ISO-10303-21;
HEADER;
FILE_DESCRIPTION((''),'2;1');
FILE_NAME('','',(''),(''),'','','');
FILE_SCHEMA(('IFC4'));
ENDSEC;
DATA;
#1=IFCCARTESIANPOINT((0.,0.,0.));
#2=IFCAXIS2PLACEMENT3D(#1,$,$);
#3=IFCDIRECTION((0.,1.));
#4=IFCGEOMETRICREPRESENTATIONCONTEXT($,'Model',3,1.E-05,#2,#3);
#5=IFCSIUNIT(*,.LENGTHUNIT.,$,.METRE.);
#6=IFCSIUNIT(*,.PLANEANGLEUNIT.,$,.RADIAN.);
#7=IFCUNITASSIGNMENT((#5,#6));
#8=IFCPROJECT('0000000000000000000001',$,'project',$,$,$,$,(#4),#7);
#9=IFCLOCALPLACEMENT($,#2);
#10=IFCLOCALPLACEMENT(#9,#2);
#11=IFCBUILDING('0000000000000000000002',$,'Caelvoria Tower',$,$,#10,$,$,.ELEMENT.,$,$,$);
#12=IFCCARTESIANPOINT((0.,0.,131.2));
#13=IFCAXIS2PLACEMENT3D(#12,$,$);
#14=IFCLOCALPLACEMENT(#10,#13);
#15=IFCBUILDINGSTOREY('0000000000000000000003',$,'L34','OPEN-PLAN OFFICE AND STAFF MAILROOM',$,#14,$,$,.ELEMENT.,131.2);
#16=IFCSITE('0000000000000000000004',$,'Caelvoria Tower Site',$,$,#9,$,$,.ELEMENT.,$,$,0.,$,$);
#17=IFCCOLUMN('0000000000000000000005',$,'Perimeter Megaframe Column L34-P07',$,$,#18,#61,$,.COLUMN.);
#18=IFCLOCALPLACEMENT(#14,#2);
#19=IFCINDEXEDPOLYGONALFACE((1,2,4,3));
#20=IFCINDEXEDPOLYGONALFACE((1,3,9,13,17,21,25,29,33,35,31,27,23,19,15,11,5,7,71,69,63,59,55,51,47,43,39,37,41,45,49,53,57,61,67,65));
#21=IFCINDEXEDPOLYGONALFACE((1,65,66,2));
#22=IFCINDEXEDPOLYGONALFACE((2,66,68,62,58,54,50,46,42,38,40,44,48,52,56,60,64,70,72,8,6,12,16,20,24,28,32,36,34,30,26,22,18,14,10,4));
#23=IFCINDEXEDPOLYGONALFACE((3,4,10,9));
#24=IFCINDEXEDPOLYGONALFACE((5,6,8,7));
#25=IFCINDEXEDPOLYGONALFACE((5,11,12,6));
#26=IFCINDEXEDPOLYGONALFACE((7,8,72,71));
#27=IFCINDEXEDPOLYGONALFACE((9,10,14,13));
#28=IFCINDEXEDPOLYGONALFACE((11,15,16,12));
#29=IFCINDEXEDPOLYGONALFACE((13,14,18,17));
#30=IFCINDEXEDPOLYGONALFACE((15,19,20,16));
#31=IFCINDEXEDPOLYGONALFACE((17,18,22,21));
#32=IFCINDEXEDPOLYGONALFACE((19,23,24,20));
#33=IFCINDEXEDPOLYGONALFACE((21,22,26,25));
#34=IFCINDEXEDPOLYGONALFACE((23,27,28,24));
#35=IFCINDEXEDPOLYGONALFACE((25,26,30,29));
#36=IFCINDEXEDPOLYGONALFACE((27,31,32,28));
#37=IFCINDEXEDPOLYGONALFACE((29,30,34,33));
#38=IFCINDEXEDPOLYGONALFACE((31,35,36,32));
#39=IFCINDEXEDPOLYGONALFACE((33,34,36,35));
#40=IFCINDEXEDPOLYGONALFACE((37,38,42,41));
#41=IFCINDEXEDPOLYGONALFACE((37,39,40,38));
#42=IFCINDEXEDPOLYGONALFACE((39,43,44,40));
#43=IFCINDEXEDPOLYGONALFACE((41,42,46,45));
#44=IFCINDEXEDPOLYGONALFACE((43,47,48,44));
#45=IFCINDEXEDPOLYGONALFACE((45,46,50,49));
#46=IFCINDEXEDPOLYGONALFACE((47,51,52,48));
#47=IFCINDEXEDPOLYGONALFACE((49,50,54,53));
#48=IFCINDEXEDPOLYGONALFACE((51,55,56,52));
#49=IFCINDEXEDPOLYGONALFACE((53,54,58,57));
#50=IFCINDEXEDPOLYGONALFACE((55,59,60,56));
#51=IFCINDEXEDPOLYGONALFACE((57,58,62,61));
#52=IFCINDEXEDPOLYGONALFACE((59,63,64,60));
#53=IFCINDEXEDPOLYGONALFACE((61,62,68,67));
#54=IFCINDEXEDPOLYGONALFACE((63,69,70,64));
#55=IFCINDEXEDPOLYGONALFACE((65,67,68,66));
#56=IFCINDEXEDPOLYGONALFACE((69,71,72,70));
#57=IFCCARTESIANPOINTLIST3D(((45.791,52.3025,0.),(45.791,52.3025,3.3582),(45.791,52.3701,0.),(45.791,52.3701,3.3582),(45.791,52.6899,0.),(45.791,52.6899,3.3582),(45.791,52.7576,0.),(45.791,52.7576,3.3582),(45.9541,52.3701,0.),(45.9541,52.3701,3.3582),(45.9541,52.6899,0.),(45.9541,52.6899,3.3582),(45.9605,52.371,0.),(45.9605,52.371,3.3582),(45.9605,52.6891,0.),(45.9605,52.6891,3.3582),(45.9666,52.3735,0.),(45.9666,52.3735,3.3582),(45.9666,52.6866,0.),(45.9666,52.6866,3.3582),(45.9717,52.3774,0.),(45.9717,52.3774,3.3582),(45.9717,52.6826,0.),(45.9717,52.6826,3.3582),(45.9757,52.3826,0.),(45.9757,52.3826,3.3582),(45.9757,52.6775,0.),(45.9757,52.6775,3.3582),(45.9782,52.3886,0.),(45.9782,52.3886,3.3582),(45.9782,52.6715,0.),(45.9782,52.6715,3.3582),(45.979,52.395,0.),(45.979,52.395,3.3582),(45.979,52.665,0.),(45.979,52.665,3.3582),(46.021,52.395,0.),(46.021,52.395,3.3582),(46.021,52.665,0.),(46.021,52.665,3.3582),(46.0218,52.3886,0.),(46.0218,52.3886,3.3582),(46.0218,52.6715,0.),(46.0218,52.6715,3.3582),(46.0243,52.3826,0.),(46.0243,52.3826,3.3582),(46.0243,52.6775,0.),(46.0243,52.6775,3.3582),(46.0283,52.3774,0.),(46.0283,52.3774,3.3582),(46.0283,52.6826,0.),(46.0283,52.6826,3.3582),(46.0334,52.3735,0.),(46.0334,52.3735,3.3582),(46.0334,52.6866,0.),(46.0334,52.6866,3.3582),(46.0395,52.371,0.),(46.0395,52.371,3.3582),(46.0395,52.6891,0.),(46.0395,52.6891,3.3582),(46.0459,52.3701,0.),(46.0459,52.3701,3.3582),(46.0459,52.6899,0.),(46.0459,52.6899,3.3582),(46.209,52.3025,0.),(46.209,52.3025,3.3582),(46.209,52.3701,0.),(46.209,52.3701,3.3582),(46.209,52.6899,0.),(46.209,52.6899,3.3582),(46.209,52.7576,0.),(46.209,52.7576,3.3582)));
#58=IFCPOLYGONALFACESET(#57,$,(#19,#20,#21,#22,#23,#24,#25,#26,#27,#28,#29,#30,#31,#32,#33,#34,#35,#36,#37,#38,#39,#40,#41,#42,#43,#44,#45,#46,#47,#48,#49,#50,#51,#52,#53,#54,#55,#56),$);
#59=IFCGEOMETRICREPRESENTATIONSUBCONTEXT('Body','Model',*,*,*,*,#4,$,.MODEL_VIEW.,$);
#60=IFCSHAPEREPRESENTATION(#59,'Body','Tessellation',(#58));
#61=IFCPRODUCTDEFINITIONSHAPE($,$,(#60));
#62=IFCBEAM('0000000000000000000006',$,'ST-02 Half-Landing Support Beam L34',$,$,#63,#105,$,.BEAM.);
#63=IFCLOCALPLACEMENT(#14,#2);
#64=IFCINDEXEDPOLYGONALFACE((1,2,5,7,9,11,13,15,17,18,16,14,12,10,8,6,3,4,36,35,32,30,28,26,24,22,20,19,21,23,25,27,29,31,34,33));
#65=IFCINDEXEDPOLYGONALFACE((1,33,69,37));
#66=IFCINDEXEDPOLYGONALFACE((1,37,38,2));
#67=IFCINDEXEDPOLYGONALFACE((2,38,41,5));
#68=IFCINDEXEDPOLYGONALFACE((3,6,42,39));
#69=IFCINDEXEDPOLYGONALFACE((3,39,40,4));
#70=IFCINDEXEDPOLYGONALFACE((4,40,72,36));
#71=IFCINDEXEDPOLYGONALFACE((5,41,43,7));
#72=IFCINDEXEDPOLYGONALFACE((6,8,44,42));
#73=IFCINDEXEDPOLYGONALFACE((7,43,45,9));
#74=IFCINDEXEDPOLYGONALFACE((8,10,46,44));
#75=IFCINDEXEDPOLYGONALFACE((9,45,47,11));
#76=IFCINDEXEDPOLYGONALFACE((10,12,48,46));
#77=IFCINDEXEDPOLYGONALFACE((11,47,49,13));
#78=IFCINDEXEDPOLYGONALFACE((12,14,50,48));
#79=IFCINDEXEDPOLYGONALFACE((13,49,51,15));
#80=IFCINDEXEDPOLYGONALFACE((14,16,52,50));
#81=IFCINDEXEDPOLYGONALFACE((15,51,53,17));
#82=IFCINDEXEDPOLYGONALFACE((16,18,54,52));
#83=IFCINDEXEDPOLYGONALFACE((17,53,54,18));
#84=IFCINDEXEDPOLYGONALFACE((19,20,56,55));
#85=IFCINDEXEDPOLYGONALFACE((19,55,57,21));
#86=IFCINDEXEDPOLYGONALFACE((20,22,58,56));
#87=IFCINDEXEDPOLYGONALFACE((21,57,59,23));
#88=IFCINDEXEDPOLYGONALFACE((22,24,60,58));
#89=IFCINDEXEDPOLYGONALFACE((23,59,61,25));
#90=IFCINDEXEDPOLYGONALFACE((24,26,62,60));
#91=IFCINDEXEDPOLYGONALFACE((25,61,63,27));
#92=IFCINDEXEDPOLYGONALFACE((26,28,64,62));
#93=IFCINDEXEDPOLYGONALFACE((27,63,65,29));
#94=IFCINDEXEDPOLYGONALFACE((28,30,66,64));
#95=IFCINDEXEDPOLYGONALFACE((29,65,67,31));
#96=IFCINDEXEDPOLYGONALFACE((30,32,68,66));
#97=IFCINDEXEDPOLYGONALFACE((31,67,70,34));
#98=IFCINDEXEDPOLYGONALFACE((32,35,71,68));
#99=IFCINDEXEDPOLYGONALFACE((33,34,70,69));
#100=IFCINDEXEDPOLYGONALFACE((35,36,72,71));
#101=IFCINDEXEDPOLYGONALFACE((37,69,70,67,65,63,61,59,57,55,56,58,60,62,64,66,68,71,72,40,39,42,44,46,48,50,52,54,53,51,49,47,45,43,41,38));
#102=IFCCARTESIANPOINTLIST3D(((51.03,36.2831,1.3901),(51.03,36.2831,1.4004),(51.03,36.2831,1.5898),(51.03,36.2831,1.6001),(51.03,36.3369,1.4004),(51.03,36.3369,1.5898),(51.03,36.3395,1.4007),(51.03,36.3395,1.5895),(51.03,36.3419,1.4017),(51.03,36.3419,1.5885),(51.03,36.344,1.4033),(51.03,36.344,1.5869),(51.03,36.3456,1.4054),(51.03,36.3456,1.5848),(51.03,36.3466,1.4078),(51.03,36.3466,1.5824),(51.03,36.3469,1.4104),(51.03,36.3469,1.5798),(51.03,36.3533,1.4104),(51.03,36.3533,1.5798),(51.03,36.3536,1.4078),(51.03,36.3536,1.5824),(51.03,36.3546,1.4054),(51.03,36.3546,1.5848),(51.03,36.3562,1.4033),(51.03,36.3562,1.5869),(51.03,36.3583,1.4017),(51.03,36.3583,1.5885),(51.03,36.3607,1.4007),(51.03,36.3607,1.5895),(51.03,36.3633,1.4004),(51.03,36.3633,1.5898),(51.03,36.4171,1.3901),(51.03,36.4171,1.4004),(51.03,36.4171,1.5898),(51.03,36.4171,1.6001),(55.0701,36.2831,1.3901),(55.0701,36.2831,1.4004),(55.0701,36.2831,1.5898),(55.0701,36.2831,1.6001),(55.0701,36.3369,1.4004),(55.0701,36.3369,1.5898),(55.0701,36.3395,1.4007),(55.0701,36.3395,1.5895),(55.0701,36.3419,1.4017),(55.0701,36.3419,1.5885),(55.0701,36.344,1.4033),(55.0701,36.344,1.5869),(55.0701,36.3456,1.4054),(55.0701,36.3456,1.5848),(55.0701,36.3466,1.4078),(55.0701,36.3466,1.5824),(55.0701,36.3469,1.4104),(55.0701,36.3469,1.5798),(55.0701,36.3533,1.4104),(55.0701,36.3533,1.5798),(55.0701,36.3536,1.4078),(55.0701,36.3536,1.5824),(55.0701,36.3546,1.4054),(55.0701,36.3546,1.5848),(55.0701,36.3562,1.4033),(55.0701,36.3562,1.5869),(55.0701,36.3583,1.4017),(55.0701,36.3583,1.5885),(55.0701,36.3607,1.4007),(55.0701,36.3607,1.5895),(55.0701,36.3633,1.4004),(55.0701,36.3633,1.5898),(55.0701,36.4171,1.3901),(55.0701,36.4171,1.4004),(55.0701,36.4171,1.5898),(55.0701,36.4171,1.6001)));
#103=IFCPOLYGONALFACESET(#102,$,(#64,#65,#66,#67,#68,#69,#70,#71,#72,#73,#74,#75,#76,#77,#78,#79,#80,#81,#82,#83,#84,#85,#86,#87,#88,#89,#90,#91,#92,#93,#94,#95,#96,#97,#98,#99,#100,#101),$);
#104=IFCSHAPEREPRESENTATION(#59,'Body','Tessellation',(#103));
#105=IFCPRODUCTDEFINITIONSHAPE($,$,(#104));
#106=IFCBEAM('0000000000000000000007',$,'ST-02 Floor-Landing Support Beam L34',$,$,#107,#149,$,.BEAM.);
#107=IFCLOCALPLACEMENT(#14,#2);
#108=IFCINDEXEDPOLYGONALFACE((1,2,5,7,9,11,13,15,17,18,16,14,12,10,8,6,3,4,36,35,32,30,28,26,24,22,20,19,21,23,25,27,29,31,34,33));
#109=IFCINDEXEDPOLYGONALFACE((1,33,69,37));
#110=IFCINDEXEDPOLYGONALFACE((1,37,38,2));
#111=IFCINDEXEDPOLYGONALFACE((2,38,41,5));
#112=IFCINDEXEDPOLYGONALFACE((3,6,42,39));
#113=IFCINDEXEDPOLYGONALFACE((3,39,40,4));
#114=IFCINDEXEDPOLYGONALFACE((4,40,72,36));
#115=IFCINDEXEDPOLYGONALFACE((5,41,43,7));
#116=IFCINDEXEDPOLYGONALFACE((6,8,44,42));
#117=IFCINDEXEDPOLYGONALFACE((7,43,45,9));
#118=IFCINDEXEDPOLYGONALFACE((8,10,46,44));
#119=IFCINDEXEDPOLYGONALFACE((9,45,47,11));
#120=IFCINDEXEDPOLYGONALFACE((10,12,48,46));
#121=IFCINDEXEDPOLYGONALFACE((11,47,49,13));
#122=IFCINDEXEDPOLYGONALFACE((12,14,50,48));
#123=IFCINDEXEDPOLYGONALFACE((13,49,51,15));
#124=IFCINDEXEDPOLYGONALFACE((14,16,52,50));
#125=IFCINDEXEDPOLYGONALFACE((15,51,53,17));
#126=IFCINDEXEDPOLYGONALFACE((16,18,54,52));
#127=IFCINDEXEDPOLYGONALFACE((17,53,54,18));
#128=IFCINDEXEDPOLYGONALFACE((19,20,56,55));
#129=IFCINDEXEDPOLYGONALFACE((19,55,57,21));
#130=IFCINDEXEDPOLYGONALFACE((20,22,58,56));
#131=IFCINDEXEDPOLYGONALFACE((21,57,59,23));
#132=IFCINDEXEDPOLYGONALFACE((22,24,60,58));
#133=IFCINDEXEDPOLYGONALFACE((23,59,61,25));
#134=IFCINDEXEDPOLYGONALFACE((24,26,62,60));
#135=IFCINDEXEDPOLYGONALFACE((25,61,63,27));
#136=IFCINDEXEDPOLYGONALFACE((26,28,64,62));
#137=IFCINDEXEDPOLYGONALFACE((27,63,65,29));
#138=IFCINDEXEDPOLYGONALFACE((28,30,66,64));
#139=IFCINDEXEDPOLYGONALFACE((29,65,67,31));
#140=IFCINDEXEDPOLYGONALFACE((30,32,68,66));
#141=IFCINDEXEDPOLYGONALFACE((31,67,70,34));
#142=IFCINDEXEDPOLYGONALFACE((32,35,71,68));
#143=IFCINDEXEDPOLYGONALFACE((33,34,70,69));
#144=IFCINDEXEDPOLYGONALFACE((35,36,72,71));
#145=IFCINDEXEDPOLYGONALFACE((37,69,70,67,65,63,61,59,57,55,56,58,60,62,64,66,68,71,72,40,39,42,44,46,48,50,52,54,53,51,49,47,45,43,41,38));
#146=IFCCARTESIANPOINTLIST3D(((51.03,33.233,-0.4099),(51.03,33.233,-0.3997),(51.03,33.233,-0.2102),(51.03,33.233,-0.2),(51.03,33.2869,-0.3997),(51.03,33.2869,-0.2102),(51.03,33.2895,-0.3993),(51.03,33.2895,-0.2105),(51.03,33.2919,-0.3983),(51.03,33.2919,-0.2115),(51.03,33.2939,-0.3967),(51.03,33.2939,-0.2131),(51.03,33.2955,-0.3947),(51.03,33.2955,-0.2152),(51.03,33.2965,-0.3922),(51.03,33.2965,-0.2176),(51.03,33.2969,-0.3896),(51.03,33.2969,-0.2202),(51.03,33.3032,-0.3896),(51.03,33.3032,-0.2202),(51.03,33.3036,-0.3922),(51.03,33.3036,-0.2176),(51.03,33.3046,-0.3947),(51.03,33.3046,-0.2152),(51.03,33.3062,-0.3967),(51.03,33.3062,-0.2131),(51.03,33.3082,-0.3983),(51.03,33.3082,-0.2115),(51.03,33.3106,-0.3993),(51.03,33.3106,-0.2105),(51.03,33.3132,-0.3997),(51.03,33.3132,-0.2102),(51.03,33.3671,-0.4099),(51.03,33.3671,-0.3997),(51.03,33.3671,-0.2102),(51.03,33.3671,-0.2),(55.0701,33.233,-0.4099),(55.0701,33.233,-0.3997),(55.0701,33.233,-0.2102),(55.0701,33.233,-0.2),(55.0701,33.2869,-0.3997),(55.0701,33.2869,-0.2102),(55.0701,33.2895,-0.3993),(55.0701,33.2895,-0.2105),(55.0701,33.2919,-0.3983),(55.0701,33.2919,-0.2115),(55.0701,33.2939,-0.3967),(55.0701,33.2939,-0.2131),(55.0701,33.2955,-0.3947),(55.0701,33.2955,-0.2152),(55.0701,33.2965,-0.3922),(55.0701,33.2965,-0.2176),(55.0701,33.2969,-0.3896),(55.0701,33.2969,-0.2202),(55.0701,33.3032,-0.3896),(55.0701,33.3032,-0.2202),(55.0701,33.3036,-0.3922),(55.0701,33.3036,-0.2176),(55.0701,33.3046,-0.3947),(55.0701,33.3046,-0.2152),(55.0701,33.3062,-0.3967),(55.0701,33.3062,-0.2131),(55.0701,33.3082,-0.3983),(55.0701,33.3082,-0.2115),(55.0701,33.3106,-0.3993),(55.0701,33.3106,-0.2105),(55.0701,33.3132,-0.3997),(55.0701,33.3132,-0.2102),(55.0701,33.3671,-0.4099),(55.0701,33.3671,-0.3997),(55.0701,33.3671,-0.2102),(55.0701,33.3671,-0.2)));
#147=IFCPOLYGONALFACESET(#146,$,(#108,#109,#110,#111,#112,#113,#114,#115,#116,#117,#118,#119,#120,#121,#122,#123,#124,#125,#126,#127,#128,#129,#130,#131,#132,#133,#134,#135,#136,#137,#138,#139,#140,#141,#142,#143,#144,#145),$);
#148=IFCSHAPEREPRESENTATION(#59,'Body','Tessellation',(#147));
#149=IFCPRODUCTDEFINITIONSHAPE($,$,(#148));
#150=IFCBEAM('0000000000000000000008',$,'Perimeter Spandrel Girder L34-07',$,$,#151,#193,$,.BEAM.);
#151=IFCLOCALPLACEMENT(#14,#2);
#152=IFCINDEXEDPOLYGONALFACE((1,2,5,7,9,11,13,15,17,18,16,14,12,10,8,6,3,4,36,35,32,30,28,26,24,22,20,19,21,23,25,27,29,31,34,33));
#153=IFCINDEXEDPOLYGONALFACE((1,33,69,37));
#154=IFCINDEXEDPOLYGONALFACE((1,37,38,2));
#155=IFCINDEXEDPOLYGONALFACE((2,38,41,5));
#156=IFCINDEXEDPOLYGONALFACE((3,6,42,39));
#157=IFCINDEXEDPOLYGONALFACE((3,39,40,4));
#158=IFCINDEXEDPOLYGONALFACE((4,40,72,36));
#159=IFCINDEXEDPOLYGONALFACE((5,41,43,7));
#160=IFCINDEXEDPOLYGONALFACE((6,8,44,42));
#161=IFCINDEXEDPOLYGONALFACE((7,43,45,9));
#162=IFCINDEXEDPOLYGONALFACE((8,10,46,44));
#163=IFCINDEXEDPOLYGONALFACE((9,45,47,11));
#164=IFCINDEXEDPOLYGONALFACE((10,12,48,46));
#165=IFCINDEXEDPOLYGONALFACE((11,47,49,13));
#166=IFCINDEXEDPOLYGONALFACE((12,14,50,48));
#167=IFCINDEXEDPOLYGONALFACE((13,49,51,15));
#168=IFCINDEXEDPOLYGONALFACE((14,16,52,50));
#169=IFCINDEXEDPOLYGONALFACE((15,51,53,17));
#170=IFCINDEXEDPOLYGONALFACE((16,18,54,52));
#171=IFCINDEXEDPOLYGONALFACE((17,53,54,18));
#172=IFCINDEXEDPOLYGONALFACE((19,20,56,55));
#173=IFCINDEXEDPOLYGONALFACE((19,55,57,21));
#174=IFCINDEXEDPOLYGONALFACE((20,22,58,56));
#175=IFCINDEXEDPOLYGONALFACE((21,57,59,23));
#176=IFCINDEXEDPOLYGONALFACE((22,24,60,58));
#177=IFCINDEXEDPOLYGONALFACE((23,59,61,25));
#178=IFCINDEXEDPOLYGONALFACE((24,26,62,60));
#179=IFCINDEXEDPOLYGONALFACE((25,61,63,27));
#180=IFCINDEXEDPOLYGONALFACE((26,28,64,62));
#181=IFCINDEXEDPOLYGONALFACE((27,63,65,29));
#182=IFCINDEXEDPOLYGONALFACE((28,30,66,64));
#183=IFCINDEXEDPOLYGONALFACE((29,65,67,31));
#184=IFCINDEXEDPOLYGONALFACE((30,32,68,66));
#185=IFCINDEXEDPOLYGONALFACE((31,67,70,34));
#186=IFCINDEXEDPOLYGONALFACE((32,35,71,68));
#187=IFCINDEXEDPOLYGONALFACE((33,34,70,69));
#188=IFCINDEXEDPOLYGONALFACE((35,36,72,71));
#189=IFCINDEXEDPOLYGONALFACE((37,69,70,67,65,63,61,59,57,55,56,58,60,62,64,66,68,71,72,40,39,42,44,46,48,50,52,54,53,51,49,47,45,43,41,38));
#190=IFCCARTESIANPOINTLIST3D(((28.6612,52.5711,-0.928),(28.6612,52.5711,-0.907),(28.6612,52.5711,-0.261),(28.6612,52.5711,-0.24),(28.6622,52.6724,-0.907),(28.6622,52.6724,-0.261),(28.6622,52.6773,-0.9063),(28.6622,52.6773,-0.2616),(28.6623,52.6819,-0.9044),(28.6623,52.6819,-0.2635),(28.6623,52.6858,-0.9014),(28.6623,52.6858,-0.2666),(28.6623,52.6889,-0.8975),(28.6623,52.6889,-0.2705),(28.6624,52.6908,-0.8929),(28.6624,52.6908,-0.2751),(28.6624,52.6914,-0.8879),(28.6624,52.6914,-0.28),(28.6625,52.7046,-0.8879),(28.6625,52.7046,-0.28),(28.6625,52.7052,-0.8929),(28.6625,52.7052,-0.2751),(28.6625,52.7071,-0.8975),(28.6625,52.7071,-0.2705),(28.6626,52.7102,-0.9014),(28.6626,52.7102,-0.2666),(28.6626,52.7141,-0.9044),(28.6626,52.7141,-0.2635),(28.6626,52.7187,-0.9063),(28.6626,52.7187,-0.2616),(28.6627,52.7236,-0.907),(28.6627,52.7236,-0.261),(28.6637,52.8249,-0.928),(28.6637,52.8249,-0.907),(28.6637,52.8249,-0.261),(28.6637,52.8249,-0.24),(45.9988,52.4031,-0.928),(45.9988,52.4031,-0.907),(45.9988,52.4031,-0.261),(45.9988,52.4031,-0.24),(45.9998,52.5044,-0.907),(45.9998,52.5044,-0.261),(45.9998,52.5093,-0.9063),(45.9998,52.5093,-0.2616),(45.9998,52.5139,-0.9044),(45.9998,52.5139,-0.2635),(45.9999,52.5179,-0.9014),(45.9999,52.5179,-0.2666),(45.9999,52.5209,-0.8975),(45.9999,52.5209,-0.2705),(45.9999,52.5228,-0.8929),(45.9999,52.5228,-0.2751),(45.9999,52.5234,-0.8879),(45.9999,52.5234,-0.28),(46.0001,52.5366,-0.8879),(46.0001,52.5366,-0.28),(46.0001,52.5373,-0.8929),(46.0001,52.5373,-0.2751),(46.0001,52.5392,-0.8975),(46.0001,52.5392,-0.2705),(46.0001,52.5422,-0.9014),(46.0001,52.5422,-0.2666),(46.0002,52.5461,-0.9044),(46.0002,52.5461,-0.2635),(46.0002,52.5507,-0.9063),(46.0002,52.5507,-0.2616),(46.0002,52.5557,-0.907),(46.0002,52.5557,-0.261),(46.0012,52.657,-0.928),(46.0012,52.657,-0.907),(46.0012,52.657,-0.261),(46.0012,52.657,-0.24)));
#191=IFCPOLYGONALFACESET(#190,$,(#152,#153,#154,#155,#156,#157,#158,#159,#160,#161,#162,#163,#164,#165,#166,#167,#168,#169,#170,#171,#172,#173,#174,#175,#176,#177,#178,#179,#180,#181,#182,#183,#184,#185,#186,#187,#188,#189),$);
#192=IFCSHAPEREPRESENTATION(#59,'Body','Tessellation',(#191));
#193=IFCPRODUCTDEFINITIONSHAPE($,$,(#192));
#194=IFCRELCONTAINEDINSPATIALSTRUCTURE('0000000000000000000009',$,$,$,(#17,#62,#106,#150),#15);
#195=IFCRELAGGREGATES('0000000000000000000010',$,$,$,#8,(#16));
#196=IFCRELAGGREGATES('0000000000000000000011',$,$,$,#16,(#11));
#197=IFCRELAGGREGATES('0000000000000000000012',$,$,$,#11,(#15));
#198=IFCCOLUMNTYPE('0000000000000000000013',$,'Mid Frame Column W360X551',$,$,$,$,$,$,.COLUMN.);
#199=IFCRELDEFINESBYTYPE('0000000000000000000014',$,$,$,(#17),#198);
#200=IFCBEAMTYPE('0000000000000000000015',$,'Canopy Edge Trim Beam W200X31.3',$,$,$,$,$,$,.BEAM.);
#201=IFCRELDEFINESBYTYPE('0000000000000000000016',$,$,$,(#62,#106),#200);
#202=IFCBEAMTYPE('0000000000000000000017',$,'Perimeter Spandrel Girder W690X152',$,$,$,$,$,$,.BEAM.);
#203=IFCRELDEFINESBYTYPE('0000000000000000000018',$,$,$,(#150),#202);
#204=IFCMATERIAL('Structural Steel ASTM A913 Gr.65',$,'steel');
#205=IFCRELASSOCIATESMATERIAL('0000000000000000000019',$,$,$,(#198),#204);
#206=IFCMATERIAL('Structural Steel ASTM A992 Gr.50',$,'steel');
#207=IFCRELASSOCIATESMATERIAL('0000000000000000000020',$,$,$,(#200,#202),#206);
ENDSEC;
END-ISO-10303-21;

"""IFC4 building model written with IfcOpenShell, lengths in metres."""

from ifc_helpers import new_model, si_unit, direction, frame, origin, origin_2d, place, context, subcontext, project, spatial, i_section, extrude, material, material_profile, profile_set, type_object, element, save


model = new_model("IFC4")

# Units and contexts
model_context = context("Model", 3, precision=1e-05, world=origin(), true_north=direction((0.0, 1.0)))
body_context = subcontext(model_context, "Body", "Model", "MODEL_VIEW")
ifc_project = project(units=[si_unit("LENGTHUNIT", "METRE"), si_unit("PLANEANGLEUNIT", "RADIAN")], contexts=[model_context])

# Site, building, storey
site_placement = place(None, origin())
site = spatial("IfcSite", under=ifc_project, at=site_placement, Name="Caelvoria Tower Site", CompositionType="ELEMENT", RefElevation=0.0)
building_placement = place(site_placement, origin())
building = spatial("IfcBuilding", under=site, at=building_placement, Name="Caelvoria Tower", CompositionType="ELEMENT")
storey_placement = place(building_placement, frame((0.0, 0.0, 131.2)))
storey = spatial("IfcBuildingStorey", under=building, at=storey_placement, Name="L34", Description="OPEN-PLAN OFFICE AND STAFF MAILROOM", CompositionType="ELEMENT", Elevation=131.2)

# Column
ifc_material_1 = material(Name="Structural Steel ASTM A913 Gr.65", Category="steel")
ifc_material_profile_1 = material_profile(ifc_material_1, i_section(OverallWidth=0.418, OverallDepth=0.4551, WebThickness=0.042, FlangeThickness=0.0676, FilletRadius=0.0249, at=origin_2d()), Name="Structural Steel ASTM A913 Gr.65")
ifc_profile_set_1 = profile_set([ifc_material_profile_1], Name="W360X551 - Structural Steel ASTM A913 Gr.65")
column_type = type_object("IfcColumnType", Name="Mid Frame Column W360X551", PredefinedType="COLUMN", material=ifc_profile_set_1)
column_placement = place(storey_placement, frame((46.0, 52.53, 0.0), z_axis=(0.0, 0.0, 1.0), x_axis=(1.0, 0.0, 0.0)))
element("IfcColumn", 1, at=column_placement, inside=storey, type_object=column_type, Name="Perimeter Megaframe Column L34-P07", PredefinedType="COLUMN", context=body_context, shape_type="SweptSolid", body=[
    extrude(i_section(OverallWidth=0.418, OverallDepth=0.4551, WebThickness=0.042, FlangeThickness=0.0676, FilletRadius=0.0249, at=origin_2d()), origin(), (0.0, 0.0, 1.0), 3.3582),
])

# Beams
ifc_material_2 = material(Name="Structural Steel ASTM A992 Gr.50", Category="steel")
ifc_material_profile_2 = material_profile(ifc_material_2, i_section(OverallWidth=0.134, OverallDepth=0.21, WebThickness=0.0063, FlangeThickness=0.0103, FilletRadius=0.01, at=origin_2d()), Name="Structural Steel ASTM A992 Gr.50")
ifc_profile_set_2 = profile_set([ifc_material_profile_2], Name="W200X31.3 - Structural Steel ASTM A992 Gr.50")
beam_type_1 = type_object("IfcBeamType", Name="Canopy Edge Trim Beam W200X31.3", PredefinedType="BEAM", material=ifc_profile_set_2)
for number, where, z_axis, x_axis, name in (
    (2, (51.03, 36.3501, 1.4951), (1.0, 0.0, 0.0), (0.0, 1.0, 0.0), "ST-02 Half-Landing Support Beam L34"),
    (3, (51.03, 33.3, -0.3049), (1.0, 0.0, 0.0), (0.0, 1.0, 0.0), "ST-02 Floor-Landing Support Beam L34"),
):
    element("IfcBeam", number, at=place(storey_placement, frame(where, z_axis=z_axis, x_axis=x_axis)), inside=storey, type_object=beam_type_1, Name=name, PredefinedType="BEAM", context=body_context, shape_type="SweptSolid", body=[
        extrude(i_section(OverallWidth=0.134, OverallDepth=0.21, WebThickness=0.0063, FlangeThickness=0.0103, FilletRadius=0.01, at=origin_2d()), origin(), (0.0, 0.0, 1.0), 4.04),
    ])
ifc_material_profile_3 = material_profile(ifc_material_2, i_section(OverallWidth=0.2539, OverallDepth=0.688, WebThickness=0.0132, FlangeThickness=0.021, FilletRadius=0.019, at=origin_2d()), Name="Structural Steel ASTM A992 Gr.50")
ifc_profile_set_3 = profile_set([ifc_material_profile_3], Name="W690X152 - Structural Steel ASTM A992 Gr.50")
beam_type_2 = type_object("IfcBeamType", Name="Perimeter Spandrel Girder W690X152", PredefinedType="BEAM", material=ifc_profile_set_3)
beam_1_placement = place(storey_placement, frame((46.0, 52.53, -0.584), z_axis=(-0.999953, 0.009688, 0.0), x_axis=(-0.009688, -0.999953, 0.0)))
element("IfcBeam", 4, at=beam_1_placement, inside=storey, type_object=beam_type_2, Name="Perimeter Spandrel Girder L34-07", PredefinedType="BEAM", context=body_context, shape_type="SweptSolid", body=[
    extrude(i_section(OverallWidth=0.2539, OverallDepth=0.688, WebThickness=0.0132, FlangeThickness=0.021, FilletRadius=0.019, at=origin_2d()), origin(), (0.0, 0.0, 1.0), 17.3384),
])

save(model, "model.ifc")
